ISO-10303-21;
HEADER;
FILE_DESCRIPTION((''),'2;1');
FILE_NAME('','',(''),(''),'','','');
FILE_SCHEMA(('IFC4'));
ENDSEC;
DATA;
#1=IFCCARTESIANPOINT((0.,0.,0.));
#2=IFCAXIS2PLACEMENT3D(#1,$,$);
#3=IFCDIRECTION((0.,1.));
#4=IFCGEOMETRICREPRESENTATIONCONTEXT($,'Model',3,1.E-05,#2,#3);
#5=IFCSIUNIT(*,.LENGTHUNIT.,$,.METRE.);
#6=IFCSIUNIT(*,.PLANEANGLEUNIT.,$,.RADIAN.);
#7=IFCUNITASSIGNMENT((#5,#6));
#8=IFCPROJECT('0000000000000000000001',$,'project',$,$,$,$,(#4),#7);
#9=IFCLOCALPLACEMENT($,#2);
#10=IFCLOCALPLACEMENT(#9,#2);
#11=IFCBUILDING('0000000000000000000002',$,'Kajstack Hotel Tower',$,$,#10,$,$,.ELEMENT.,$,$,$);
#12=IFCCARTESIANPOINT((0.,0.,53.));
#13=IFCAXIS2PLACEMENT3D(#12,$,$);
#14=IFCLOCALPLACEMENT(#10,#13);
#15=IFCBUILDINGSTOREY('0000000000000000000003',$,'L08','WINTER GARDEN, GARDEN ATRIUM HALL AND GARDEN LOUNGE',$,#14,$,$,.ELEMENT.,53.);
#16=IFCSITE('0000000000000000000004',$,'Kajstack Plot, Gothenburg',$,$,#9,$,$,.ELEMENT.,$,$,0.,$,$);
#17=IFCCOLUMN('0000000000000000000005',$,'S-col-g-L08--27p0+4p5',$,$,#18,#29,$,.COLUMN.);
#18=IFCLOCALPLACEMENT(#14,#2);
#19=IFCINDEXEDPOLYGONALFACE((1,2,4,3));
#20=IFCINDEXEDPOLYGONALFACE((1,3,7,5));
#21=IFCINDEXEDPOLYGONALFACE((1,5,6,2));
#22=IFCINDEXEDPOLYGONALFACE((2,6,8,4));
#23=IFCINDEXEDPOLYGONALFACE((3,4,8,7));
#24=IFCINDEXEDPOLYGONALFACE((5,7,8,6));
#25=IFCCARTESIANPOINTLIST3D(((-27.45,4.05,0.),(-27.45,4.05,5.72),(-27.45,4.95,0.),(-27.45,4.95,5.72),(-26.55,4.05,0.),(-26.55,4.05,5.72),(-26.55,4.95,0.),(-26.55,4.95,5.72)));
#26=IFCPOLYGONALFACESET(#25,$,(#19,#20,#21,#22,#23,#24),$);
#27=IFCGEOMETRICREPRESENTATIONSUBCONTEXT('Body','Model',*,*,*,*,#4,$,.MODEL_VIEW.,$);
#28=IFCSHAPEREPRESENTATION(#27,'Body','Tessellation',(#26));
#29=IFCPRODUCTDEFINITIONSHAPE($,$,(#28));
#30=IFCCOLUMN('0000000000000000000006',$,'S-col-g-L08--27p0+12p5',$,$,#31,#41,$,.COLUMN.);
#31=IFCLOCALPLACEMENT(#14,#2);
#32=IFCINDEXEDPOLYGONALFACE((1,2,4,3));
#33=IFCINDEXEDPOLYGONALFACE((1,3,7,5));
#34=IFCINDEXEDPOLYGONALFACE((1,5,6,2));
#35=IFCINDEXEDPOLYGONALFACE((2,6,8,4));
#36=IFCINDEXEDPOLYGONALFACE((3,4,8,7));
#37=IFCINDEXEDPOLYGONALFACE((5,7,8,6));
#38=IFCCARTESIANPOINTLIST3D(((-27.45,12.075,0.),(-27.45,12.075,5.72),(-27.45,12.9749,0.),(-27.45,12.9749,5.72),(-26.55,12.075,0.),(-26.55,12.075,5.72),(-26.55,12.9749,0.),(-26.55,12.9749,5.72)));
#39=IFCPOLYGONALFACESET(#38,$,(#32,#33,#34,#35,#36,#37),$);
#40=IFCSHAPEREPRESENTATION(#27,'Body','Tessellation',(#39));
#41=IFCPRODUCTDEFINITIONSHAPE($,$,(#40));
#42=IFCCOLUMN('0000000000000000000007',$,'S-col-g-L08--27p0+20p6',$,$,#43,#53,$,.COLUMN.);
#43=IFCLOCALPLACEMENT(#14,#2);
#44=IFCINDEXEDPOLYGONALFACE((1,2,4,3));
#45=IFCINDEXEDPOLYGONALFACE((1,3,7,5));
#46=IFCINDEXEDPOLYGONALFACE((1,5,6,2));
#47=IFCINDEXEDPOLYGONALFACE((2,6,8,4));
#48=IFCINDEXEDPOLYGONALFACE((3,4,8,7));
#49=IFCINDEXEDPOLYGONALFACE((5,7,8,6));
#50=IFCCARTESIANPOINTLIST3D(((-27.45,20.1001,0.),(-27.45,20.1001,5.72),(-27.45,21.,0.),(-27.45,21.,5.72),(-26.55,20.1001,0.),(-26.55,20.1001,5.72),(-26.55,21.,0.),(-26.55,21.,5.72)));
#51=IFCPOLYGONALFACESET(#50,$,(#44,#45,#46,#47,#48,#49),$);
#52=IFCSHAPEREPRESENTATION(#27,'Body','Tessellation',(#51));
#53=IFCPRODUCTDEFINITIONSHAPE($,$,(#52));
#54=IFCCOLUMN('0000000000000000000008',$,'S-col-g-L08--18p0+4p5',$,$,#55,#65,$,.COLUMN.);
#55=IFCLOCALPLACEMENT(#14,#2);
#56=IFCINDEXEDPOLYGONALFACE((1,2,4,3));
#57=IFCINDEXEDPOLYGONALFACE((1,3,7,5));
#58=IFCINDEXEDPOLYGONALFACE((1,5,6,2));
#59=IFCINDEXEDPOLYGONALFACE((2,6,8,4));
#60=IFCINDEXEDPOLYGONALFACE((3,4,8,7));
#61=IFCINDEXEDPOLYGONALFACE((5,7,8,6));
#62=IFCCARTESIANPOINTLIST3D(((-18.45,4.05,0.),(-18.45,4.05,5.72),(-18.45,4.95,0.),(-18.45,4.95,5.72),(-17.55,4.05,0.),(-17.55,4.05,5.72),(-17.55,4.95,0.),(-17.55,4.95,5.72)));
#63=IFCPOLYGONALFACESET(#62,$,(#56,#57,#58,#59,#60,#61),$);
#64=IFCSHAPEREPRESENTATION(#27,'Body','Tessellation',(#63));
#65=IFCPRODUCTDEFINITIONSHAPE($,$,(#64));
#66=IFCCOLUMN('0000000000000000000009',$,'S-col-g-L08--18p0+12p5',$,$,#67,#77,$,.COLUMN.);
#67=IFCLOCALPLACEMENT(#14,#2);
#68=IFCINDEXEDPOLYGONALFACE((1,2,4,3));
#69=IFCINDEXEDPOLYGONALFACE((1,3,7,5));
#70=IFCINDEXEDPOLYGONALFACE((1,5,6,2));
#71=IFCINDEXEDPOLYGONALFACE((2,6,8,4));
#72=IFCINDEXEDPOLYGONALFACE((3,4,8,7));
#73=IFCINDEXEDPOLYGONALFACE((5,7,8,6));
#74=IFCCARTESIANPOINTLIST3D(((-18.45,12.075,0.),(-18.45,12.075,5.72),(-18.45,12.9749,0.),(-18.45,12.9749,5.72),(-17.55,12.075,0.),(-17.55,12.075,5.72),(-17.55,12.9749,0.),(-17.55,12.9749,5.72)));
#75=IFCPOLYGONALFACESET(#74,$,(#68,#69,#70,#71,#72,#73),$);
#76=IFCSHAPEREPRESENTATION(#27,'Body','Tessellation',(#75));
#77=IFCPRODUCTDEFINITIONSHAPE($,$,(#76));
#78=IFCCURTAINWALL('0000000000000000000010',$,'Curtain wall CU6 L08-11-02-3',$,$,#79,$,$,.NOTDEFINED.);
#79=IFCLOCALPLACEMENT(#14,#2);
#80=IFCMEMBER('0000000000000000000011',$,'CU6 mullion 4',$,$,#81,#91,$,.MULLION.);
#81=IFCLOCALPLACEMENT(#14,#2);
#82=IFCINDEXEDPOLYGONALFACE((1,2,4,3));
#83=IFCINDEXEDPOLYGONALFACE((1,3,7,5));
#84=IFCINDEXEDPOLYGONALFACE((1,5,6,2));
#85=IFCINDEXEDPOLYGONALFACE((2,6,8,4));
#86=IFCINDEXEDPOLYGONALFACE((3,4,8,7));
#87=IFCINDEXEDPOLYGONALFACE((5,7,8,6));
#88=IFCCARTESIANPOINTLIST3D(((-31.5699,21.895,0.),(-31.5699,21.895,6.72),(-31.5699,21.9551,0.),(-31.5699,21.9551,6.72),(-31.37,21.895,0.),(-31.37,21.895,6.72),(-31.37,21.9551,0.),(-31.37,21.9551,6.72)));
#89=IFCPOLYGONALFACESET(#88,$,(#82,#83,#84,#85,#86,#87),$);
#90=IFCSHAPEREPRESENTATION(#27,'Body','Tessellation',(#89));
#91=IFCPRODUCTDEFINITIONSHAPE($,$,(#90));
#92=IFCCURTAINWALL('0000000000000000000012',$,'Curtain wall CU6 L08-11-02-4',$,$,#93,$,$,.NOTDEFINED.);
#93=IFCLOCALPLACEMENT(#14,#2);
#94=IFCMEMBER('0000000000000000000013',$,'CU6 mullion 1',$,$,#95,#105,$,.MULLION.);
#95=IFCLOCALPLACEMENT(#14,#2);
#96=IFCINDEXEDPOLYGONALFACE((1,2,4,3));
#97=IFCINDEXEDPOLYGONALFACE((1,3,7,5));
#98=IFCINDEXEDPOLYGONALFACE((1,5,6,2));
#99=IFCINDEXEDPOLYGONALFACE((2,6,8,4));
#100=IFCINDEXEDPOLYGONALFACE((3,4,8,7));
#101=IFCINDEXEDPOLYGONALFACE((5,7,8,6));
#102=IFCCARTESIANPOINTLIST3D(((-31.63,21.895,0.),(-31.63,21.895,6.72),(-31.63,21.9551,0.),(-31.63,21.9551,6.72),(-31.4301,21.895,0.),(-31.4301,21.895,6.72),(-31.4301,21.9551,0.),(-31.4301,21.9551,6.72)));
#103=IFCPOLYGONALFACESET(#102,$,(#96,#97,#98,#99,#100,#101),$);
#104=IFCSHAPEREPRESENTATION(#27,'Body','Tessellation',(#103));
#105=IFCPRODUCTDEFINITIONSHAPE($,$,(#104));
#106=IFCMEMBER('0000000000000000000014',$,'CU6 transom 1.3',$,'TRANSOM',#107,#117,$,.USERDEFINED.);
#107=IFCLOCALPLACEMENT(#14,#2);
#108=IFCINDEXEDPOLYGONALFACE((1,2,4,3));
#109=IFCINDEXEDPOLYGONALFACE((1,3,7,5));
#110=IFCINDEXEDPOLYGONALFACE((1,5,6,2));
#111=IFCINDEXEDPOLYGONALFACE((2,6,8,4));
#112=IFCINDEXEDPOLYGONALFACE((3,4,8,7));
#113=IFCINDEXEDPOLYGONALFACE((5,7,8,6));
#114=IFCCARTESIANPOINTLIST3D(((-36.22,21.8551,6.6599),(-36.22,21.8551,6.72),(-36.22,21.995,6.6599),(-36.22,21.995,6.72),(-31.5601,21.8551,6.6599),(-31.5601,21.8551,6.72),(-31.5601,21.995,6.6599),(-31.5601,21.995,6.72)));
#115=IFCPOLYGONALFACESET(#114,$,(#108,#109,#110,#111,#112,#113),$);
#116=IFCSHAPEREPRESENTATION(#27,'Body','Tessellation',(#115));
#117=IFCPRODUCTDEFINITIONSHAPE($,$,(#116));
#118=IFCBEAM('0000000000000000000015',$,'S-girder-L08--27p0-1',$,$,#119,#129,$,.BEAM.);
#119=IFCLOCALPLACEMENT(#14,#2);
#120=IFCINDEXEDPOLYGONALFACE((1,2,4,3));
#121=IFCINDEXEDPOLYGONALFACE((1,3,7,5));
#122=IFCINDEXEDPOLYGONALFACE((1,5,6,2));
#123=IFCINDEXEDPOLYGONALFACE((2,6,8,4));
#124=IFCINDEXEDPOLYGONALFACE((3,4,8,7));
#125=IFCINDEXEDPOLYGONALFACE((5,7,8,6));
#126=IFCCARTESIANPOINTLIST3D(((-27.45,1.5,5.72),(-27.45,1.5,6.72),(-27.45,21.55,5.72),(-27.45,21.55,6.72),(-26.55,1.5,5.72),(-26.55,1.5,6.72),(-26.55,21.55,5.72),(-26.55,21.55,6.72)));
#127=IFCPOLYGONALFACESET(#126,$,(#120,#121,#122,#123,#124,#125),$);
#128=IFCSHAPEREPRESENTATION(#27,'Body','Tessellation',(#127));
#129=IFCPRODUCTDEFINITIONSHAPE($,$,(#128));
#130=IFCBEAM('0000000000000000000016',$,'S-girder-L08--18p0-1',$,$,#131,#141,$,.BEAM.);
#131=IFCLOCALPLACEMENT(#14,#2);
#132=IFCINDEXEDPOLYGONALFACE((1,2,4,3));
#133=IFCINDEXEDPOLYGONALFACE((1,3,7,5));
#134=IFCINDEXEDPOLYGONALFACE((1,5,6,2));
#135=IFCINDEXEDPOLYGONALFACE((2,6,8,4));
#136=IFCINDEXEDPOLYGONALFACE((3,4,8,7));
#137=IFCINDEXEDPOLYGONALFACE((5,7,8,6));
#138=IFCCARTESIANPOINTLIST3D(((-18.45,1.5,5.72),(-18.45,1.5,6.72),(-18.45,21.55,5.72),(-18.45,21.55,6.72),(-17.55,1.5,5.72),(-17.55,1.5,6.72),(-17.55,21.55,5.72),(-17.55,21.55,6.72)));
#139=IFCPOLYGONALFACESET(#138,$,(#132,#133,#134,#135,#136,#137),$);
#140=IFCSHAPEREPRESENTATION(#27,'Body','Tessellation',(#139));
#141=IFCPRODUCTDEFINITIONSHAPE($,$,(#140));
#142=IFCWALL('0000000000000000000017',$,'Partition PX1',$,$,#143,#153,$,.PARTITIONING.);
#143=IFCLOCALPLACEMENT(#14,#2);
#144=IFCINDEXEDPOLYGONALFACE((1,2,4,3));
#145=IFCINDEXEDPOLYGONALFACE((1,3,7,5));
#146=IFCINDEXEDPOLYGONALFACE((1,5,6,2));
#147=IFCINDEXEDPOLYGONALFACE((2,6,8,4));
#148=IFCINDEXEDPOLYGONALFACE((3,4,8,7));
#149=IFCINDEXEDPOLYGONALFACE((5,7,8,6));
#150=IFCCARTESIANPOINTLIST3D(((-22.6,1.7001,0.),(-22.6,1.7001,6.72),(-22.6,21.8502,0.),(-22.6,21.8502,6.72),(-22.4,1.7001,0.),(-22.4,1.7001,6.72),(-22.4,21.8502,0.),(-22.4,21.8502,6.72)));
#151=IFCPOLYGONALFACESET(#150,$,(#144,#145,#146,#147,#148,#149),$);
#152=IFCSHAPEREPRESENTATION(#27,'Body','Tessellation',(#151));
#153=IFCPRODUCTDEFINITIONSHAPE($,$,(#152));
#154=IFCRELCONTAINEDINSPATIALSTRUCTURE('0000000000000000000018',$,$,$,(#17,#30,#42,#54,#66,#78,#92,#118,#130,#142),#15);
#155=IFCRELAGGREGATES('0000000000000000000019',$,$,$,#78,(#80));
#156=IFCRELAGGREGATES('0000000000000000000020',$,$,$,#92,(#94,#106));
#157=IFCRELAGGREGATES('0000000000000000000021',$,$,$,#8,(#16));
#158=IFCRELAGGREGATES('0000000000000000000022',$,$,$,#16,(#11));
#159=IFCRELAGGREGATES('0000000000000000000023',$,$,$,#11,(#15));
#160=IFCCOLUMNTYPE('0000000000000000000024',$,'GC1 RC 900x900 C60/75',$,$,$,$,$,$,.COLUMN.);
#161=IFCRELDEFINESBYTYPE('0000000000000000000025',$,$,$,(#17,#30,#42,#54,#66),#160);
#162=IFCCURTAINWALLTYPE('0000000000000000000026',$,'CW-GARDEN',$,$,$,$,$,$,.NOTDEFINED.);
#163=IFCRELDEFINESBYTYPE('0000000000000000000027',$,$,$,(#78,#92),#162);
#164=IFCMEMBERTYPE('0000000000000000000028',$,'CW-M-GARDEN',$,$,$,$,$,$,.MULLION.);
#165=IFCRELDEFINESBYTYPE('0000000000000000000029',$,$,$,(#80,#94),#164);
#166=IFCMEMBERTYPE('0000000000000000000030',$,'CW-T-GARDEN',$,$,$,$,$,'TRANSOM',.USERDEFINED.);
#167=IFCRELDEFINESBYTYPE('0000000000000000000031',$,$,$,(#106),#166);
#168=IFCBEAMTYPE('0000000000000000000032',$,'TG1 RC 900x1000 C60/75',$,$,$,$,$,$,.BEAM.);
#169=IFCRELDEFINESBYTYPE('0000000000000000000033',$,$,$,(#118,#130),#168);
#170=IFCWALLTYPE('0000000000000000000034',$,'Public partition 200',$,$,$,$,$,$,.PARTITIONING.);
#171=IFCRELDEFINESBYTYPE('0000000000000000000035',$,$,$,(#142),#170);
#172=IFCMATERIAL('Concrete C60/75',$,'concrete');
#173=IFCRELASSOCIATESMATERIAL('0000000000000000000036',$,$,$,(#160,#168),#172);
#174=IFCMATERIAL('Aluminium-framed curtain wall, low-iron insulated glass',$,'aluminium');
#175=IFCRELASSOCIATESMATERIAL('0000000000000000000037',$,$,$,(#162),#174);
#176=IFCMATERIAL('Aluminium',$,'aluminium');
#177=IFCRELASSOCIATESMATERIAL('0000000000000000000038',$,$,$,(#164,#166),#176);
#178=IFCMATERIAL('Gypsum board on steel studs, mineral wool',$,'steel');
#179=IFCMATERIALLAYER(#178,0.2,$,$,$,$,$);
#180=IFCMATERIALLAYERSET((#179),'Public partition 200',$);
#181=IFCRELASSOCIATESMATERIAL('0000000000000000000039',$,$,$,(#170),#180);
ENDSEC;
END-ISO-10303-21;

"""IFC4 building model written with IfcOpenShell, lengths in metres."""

from ifc_helpers import new_model, si_unit, direction, frame, frame_2d, origin, origin_2d, place, context, subcontext, project, spatial, rectangle, extrude, material, layer, layer_set, material_profile, profile_set, type_object, element, aggregate, save


model = new_model("IFC4")

# Units and contexts
model_context = context("Model", 3, precision=1e-05, world=origin(), true_north=direction((0.0, 1.0)))
body_context = subcontext(model_context, "Body", "Model", "MODEL_VIEW")
ifc_project = project(units=[si_unit("LENGTHUNIT", "METRE"), si_unit("PLANEANGLEUNIT", "RADIAN")], contexts=[model_context])

# Site, building, storey
site_placement = place(None, origin())
site = spatial("IfcSite", under=ifc_project, at=site_placement, Name="Kajstack Plot, Gothenburg", CompositionType="ELEMENT", RefElevation=0.0)
building_placement = place(site_placement, origin())
building = spatial("IfcBuilding", under=site, at=building_placement, Name="Kajstack Hotel Tower", CompositionType="ELEMENT")
storey_placement = place(building_placement, frame((0.0, 0.0, 53.0)))
storey = spatial("IfcBuildingStorey", under=building, at=storey_placement, Name="L08", Description="WINTER GARDEN, GARDEN ATRIUM HALL AND GARDEN LOUNGE", CompositionType="ELEMENT", Elevation=53.0)

# Columns
ifc_material_1 = material(Name="Concrete C60/75", Category="concrete")
ifc_material_profile_1 = material_profile(ifc_material_1, rectangle(XDim=0.8999, YDim=0.8999, at=origin_2d()), Name="RC 900x900")
ifc_profile_set_1 = profile_set([ifc_material_profile_1], Name="Concrete C60/75")
column_type = type_object("IfcColumnType", Name="GC1 RC 900x900 C60/75", PredefinedType="COLUMN", material=ifc_profile_set_1)
for number, where, z_axis, x_axis, name in (
    (1, (-27.0, 4.5, 0.0), (0.0, 0.0, 1.0), (1.0, 0.0, 0.0), "S-col-g-L08--27p0+4p5"),
    (2, (-27.0, 12.5249, 0.0), (0.0, 0.0, 1.0), (1.0, 0.0, 0.0), "S-col-g-L08--27p0+12p5"),
    (3, (-27.0, 20.55, 0.0), (0.0, 0.0, 1.0), (1.0, 0.0, 0.0), "S-col-g-L08--27p0+20p6"),
    (4, (-18.0, 4.5, 0.0), (0.0, 0.0, 1.0), (1.0, 0.0, 0.0), "S-col-g-L08--18p0+4p5"),
    (5, (-18.0, 12.5249, 0.0), (0.0, 0.0, 1.0), (1.0, 0.0, 0.0), "S-col-g-L08--18p0+12p5"),
):
    element("IfcColumn", number, at=place(storey_placement, frame(where, z_axis=z_axis, x_axis=x_axis)), inside=storey, type_object=column_type, Name=name, PredefinedType="COLUMN", context=body_context, shape_type="SweptSolid", body=[
        extrude(rectangle(XDim=0.8999, YDim=0.8999, at=origin_2d()), origin(), (0.0, 0.0, 1.0), 5.72),
    ])

# Curtain wall, member
ifc_material_2 = material(Name="Aluminium-framed curtain wall, low-iron insulated glass", Category="aluminium")
curtain_wall_type = type_object("IfcCurtainWallType", Name="CW-GARDEN", PredefinedType="NOTDEFINED", material=ifc_material_2)
curtain_wall_1_placement = place(storey_placement, origin())
curtain_wall_1 = element("IfcCurtainWall", 6, at=curtain_wall_1_placement, inside=storey, type_object=curtain_wall_type, Name="Curtain wall CU6 L08-11-02-3", PredefinedType="NOTDEFINED")
ifc_material_3 = material(Name="Aluminium", Category="aluminium")
ifc_material_profile_2 = material_profile(ifc_material_3, rectangle(XDim=0.0601, YDim=0.2, at=origin_2d()), Name="Aluminium mullion 60 x 200")
ifc_profile_set_2 = profile_set([ifc_material_profile_2], Name="Aluminium")
member_type_1 = type_object("IfcMemberType", Name="CW-M-GARDEN", PredefinedType="MULLION", material=ifc_profile_set_2)
member_1_placement = place(storey_placement, frame((-31.47, 21.925, 0.0), z_axis=(0.0, 0.0, 1.0), x_axis=(0.0, -1.0, 0.0)))
member_1 = element("IfcMember", 7, at=member_1_placement, type_object=member_type_1, Name="CU6 mullion 4", PredefinedType="MULLION", context=body_context, shape_type="SweptSolid", body=[
    extrude(rectangle(XDim=0.0601, YDim=0.2, at=origin_2d()), origin(), (0.0, 0.0, 1.0), 6.72),
])
aggregate(curtain_wall_1, [member_1])

# Curtain wall, members
curtain_wall_2_placement = place(storey_placement, origin())
curtain_wall_2 = element("IfcCurtainWall", 8, at=curtain_wall_2_placement, inside=storey, type_object=curtain_wall_type, Name="Curtain wall CU6 L08-11-02-4", PredefinedType="NOTDEFINED")
member_2_placement = place(storey_placement, frame((-31.53, 21.925, 0.0), z_axis=(0.0, 0.0, 1.0), x_axis=(0.0, -1.0, 0.0)))
member_2 = element("IfcMember", 9, at=member_2_placement, type_object=member_type_1, Name="CU6 mullion 1", PredefinedType="MULLION", context=body_context, shape_type="SweptSolid", body=[
    extrude(rectangle(XDim=0.0601, YDim=0.2, at=origin_2d()), origin(), (0.0, 0.0, 1.0), 6.72),
])
ifc_material_profile_3 = material_profile(ifc_material_3, rectangle(XDim=0.1399, YDim=0.0601, at=origin_2d()), Name="Aluminium transom 140 x 60")
ifc_profile_set_3 = profile_set([ifc_material_profile_3], Name="Aluminium")
member_type_2 = type_object("IfcMemberType", Name="CW-T-GARDEN", ElementType="TRANSOM", PredefinedType="USERDEFINED", material=ifc_profile_set_3)
member_3_placement = place(storey_placement, frame((-31.5601, 21.925, 6.6899), z_axis=(-1.0, 0.0, 0.0), x_axis=(0.0, -1.0, 0.0)))
member_3 = element("IfcMember", 10, at=member_3_placement, type_object=member_type_2, Name="CU6 transom 1.3", ObjectType="TRANSOM", PredefinedType="USERDEFINED", context=body_context, shape_type="SweptSolid", body=[
    extrude(rectangle(XDim=0.1399, YDim=0.0601, at=origin_2d()), origin(), (0.0, 0.0, 1.0), 4.6599),
])
aggregate(curtain_wall_2, [member_2, member_3])

# Beams
ifc_material_profile_4 = material_profile(ifc_material_1, rectangle(XDim=0.8999, YDim=1.0, at=origin_2d()), Name="RC 900x1000")
ifc_profile_set_4 = profile_set([ifc_material_profile_4], Name="Concrete C60/75")
beam_type = type_object("IfcBeamType", Name="TG1 RC 900x1000 C60/75", PredefinedType="BEAM", material=ifc_profile_set_4)
for number, where, z_axis, x_axis, name in (
    (11, (-27.0, 1.5, 6.22), (0.0, 1.0, 0.0), (-1.0, 0.0, 0.0), "S-girder-L08--27p0-1"),
    (12, (-18.0, 1.5, 6.22), (0.0, 1.0, 0.0), (-1.0, 0.0, 0.0), "S-girder-L08--18p0-1"),
):
    element("IfcBeam", number, at=place(storey_placement, frame(where, z_axis=z_axis, x_axis=x_axis)), inside=storey, type_object=beam_type, Name=name, PredefinedType="BEAM", context=body_context, shape_type="SweptSolid", body=[
        extrude(rectangle(XDim=0.8999, YDim=1.0, at=origin_2d()), origin(), (0.0, 0.0, 1.0), 20.05),
    ])

# Wall
ifc_material_4 = material(Name="Gypsum board on steel studs, mineral wool", Category="steel")
ifc_layer = layer(ifc_material_4, 0.2)
ifc_layer_set = layer_set([ifc_layer], Name="Public partition 200")
wall_type = type_object("IfcWallType", Name="Public partition 200", PredefinedType="PARTITIONING", material=ifc_layer_set)
wall_1_placement = place(storey_placement, frame((-22.5, 1.7, 0.0), z_axis=(0.0, 0.0, 1.0), x_axis=(0.0, 1.0, 0.0)))
element("IfcWall", 13, at=wall_1_placement, inside=storey, type_object=wall_type, Name="Partition PX1", PredefinedType="PARTITIONING", context=body_context, shape_type="SweptSolid", body=[
    extrude(rectangle(XDim=20.1501, YDim=0.2, at=frame_2d((10.0752, 0.0))), origin(), (0.0, 0.0, 1.0), 6.72),
])

save(model, "model.ifc")
